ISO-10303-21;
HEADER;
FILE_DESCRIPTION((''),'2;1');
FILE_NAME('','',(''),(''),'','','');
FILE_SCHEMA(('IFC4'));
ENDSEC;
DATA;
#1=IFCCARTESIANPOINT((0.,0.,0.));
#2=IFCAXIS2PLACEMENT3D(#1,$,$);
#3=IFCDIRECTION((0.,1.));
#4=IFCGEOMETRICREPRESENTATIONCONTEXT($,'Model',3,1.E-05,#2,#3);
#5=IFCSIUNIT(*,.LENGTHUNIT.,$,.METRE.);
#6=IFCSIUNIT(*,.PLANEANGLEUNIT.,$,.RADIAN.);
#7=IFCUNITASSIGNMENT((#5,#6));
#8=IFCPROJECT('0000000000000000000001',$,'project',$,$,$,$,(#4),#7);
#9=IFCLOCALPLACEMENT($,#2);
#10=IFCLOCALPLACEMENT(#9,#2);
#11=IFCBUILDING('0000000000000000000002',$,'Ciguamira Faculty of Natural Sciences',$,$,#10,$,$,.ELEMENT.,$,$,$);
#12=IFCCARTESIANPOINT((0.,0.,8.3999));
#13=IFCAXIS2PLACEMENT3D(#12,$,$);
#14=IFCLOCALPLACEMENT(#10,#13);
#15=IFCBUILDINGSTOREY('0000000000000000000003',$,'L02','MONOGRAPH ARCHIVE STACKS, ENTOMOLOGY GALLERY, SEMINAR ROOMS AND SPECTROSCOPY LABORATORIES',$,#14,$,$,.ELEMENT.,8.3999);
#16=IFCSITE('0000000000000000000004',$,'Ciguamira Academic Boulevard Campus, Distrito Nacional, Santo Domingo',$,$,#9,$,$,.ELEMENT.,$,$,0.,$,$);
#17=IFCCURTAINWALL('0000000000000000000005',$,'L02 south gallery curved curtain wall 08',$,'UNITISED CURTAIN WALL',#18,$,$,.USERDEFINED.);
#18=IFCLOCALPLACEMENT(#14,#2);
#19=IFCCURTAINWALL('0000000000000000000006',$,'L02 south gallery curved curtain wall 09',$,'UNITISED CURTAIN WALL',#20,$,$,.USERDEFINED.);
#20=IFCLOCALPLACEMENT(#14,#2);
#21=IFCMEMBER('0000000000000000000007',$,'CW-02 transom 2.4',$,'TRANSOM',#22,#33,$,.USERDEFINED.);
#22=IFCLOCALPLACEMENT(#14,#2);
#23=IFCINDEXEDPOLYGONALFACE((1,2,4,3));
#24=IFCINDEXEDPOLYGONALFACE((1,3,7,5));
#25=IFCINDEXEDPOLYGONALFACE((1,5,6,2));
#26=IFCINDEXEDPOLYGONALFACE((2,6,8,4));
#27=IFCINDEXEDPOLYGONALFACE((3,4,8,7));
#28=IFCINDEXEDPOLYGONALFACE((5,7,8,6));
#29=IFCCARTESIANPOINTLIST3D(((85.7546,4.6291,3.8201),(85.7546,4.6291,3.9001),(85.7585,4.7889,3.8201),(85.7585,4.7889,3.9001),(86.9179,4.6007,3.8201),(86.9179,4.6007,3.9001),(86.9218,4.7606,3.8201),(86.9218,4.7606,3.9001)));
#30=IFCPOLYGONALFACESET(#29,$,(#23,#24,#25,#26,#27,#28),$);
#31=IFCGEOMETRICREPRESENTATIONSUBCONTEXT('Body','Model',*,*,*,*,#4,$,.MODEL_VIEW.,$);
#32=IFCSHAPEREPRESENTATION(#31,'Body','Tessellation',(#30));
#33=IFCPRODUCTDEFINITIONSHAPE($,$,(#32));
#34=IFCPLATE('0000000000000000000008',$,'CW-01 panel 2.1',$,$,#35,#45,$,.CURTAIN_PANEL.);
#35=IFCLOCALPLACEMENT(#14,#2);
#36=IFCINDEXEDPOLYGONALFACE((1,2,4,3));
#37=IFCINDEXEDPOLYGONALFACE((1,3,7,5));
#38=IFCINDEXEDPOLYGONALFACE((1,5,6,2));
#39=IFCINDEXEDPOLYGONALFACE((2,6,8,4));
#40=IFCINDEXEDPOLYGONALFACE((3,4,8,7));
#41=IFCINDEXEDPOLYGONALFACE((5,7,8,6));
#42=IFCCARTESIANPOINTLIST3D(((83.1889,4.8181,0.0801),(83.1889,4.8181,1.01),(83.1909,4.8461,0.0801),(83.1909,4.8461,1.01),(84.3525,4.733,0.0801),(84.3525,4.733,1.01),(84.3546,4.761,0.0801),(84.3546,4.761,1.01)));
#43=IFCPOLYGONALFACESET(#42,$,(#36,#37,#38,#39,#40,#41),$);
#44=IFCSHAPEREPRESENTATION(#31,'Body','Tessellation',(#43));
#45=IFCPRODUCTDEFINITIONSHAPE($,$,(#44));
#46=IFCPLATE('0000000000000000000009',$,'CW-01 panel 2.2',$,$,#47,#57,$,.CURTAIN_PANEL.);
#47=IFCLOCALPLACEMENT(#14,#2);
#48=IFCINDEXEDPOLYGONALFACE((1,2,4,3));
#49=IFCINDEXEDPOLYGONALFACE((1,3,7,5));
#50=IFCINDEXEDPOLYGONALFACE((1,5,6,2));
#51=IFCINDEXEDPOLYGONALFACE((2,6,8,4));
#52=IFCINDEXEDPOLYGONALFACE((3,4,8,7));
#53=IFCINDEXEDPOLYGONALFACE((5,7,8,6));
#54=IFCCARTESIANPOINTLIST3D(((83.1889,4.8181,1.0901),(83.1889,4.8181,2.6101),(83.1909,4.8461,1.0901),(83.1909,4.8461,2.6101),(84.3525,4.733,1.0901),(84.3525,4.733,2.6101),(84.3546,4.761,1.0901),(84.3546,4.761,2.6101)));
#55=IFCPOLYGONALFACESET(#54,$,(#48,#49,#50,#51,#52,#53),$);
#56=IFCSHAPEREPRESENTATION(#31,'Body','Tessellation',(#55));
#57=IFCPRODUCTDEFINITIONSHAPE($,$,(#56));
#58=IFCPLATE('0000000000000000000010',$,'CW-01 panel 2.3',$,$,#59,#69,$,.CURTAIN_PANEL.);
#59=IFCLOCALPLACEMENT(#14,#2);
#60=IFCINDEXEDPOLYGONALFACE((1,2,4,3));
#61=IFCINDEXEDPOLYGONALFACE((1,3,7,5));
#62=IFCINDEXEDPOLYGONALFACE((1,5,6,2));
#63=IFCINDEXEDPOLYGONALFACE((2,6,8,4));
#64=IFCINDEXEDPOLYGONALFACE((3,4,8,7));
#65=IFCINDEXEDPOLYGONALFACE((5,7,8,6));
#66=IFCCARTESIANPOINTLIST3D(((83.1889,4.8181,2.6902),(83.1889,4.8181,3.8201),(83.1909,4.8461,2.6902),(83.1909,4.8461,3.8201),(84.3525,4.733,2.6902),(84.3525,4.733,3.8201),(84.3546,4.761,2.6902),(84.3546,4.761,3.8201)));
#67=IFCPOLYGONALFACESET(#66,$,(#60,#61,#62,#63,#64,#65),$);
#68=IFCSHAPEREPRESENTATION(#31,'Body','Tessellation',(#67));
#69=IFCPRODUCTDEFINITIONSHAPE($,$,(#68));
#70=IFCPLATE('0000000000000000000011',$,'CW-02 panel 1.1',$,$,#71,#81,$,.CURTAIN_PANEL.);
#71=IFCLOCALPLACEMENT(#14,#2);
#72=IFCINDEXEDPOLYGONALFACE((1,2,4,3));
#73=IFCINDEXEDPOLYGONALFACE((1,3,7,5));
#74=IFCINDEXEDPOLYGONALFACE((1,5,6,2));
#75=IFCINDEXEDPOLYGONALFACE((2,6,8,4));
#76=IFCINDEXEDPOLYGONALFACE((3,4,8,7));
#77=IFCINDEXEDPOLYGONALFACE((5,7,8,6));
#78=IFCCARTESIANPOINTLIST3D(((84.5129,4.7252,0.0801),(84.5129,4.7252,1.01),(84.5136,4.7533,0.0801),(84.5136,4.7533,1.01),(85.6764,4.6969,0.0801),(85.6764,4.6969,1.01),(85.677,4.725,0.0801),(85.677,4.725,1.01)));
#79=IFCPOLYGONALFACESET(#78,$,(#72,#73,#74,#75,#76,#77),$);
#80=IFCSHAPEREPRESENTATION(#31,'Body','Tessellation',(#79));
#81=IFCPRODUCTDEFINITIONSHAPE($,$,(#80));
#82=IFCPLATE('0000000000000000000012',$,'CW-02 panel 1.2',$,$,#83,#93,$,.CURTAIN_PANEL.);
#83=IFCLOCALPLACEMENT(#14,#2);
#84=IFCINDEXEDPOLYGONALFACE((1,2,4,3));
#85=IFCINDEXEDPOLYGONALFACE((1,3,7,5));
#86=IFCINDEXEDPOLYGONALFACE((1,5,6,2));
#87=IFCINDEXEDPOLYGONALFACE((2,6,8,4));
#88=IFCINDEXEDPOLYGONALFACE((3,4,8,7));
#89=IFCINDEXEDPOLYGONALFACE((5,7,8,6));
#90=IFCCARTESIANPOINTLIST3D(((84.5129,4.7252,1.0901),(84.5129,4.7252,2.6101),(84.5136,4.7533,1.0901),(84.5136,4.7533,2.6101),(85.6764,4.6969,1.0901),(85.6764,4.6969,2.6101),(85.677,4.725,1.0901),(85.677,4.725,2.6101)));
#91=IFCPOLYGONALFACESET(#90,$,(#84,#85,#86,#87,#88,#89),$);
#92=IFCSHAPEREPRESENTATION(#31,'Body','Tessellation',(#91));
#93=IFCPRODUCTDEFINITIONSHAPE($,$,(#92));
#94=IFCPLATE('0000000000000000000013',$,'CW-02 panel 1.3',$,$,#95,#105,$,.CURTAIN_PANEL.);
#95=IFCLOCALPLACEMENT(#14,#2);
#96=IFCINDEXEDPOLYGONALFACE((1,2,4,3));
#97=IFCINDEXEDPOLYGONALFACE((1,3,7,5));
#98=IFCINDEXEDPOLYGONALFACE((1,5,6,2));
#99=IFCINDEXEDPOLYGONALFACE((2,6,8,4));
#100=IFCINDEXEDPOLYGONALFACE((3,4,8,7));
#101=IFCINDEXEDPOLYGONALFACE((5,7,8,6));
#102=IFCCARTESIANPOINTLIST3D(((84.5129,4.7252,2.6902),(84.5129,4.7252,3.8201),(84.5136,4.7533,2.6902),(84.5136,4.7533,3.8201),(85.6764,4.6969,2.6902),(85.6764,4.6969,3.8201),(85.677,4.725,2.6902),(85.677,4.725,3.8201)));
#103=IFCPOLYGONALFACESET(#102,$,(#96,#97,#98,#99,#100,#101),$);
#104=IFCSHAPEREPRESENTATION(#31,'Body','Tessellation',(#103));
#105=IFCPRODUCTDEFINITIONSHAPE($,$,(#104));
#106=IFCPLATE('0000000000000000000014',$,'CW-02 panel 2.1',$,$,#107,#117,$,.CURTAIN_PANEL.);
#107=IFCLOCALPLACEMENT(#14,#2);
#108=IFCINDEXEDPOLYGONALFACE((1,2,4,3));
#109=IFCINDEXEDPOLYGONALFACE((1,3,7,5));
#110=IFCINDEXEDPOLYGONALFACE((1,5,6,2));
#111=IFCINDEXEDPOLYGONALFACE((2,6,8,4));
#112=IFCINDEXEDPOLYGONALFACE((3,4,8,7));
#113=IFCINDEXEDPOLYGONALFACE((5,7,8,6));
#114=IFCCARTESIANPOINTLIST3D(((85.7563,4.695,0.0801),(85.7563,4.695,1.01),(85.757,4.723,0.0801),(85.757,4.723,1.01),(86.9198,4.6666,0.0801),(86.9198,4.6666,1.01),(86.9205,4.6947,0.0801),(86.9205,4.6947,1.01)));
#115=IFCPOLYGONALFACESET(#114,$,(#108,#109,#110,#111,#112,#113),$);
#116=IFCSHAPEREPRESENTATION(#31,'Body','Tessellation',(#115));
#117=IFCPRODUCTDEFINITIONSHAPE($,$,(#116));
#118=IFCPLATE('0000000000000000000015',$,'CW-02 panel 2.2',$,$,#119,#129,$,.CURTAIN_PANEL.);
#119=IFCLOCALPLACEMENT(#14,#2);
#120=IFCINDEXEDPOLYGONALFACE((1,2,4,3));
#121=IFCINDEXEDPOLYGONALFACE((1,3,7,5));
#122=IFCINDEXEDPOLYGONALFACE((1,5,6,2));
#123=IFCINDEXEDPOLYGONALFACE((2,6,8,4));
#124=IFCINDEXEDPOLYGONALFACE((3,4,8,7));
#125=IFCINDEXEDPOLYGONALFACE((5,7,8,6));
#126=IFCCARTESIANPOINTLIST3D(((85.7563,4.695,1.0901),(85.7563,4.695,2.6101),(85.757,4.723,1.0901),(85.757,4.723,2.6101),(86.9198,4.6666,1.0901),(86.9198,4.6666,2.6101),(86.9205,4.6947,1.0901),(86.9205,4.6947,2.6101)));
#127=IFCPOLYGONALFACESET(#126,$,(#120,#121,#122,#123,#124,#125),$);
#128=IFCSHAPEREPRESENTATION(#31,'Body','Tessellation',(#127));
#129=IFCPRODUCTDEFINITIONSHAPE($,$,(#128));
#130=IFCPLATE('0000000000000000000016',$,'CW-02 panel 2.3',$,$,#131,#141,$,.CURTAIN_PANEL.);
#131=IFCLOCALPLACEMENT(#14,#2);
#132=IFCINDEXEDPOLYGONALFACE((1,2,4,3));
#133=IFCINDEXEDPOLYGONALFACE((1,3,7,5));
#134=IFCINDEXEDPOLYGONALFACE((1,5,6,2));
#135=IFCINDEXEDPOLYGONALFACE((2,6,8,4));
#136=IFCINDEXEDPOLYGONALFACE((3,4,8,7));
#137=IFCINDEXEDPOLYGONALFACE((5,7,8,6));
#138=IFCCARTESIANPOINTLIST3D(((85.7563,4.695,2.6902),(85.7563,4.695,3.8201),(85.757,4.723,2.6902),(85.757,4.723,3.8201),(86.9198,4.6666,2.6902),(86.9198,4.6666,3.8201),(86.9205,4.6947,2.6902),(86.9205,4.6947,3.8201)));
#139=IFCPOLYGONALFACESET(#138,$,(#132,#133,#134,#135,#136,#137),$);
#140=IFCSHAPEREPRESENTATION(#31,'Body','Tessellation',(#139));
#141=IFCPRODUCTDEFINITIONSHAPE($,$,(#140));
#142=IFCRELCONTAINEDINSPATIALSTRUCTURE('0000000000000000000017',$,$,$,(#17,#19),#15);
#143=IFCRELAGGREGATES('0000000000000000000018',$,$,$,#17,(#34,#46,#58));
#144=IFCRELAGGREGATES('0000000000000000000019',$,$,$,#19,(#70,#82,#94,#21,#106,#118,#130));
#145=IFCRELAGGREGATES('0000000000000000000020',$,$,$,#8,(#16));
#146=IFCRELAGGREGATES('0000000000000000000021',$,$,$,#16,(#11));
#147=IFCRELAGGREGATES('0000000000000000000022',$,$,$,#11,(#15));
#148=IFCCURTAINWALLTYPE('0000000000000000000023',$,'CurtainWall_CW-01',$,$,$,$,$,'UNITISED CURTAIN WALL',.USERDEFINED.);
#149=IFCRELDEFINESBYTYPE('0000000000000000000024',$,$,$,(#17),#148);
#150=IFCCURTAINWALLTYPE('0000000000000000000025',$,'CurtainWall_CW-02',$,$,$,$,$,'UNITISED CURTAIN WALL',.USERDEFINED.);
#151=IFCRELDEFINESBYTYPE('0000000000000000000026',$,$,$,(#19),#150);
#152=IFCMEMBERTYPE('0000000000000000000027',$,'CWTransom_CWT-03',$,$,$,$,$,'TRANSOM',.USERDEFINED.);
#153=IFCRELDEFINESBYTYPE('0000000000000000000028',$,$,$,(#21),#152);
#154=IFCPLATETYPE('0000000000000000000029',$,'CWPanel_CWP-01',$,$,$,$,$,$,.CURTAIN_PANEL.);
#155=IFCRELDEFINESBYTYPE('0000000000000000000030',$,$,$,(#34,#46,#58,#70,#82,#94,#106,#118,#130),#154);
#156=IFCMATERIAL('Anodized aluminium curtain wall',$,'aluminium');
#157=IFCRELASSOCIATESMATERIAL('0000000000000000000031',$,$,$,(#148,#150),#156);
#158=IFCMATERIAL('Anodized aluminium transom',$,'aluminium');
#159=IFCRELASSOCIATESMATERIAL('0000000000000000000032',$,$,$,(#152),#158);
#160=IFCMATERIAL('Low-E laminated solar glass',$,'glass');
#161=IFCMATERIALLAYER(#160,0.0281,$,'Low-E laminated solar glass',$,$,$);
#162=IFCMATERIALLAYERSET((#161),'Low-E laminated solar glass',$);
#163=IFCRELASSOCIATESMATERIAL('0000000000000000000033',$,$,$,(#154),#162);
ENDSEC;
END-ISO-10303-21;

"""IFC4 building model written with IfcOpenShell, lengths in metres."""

from ifc_helpers import new_model, si_unit, direction, frame, origin, origin_2d, place, context, subcontext, project, spatial, rectangle, extrude, material, layer, layer_set, material_profile, profile_set, type_object, element, aggregate, save


model = new_model("IFC4")

# Units and contexts
model_context = context("Model", 3, precision=1e-05, world=origin(), true_north=direction((0.0, 1.0)))
body_context = subcontext(model_context, "Body", "Model", "MODEL_VIEW")
ifc_project = project(units=[si_unit("LENGTHUNIT", "METRE"), si_unit("PLANEANGLEUNIT", "RADIAN")], contexts=[model_context])

# Site, building, storey
site_placement = place(None, origin())
site = spatial("IfcSite", under=ifc_project, at=site_placement, Name="Ciguamira Academic Boulevard Campus, Distrito Nacional, Santo Domingo", CompositionType="ELEMENT", RefElevation=0.0)
building_placement = place(site_placement, origin())
building = spatial("IfcBuilding", under=site, at=building_placement, Name="Ciguamira Faculty of Natural Sciences", CompositionType="ELEMENT")
storey_placement = place(building_placement, frame((0.0, 0.0, 8.3999)))
storey = spatial("IfcBuildingStorey", under=building, at=storey_placement, Name="L02", Description="MONOGRAPH ARCHIVE STACKS, ENTOMOLOGY GALLERY, SEMINAR ROOMS AND SPECTROSCOPY LABORATORIES", CompositionType="ELEMENT", Elevation=8.3999)

# Curtain wall
ifc_material_1 = material(Name="Anodized aluminium curtain wall", Category="aluminium")
curtain_wall_type_1 = type_object("IfcCurtainWallType", Name="CurtainWall_CW-01", ElementType="UNITISED CURTAIN WALL", PredefinedType="USERDEFINED", material=ifc_material_1)
curtain_wall_1_placement = place(storey_placement, origin())
curtain_wall_1 = element("IfcCurtainWall", 1, at=curtain_wall_1_placement, inside=storey, type_object=curtain_wall_type_1, Name="L02 south gallery curved curtain wall 08", ObjectType="UNITISED CURTAIN WALL", PredefinedType="USERDEFINED")

# Curtain wall, member
curtain_wall_type_2 = type_object("IfcCurtainWallType", Name="CurtainWall_CW-02", ElementType="UNITISED CURTAIN WALL", PredefinedType="USERDEFINED", material=ifc_material_1)
curtain_wall_2_placement = place(storey_placement, origin())
curtain_wall_2 = element("IfcCurtainWall", 2, at=curtain_wall_2_placement, inside=storey, type_object=curtain_wall_type_2, Name="L02 south gallery curved curtain wall 09", ObjectType="UNITISED CURTAIN WALL", PredefinedType="USERDEFINED")
ifc_material_2 = material(Name="Anodized aluminium transom", Category="aluminium")
ifc_material_profile_1 = material_profile(ifc_material_2, rectangle(XDim=0.0801, YDim=0.1599, at=origin_2d()), Name="ALU-TRN-80X160")
ifc_profile_set_1 = profile_set([ifc_material_profile_1], Name="Anodized aluminium transom")
member_type_1 = type_object("IfcMemberType", Name="CWTransom_CWT-03", ElementType="TRANSOM", PredefinedType="USERDEFINED", material=ifc_profile_set_1)
member_1_placement = place(storey_placement, frame((85.7566, 4.709, 3.8601), z_axis=(0.999704, -0.024337, 0.0), x_axis=(0.0, 0.0, 1.0)))
member_1 = element("IfcMember", 3, at=member_1_placement, type_object=member_type_1, Name="CW-02 transom 2.4", ObjectType="TRANSOM", PredefinedType="USERDEFINED", context=body_context, shape_type="SweptSolid", body=[
    extrude(rectangle(XDim=0.0801, YDim=0.1599, at=origin_2d()), origin(), (0.0, 0.0, 1.0), 1.1636),
])

# Plates
ifc_material_3 = material(Name="Low-E laminated solar glass", Category="glass")
ifc_layer = layer(ifc_material_3, 0.0281, Name="Low-E laminated solar glass")
ifc_layer_set = layer_set([ifc_layer], Name="Low-E laminated solar glass")
plate_type = type_object("IfcPlateType", Name="CWPanel_CWP-01", PredefinedType="CURTAIN_PANEL", material=ifc_layer_set)
plate_1_placement = place(storey_placement, frame((83.7717, 4.7896, 0.0801), z_axis=(0.0, 0.0, 1.0), x_axis=(0.997337, -0.072937, 0.0)))
plate_1 = element("IfcPlate", 4, at=plate_1_placement, type_object=plate_type, Name="CW-01 panel 2.1", PredefinedType="CURTAIN_PANEL", context=body_context, shape_type="SweptSolid", body=[
    extrude(rectangle(XDim=1.1667, YDim=0.0281, at=origin_2d()), origin(), (0.0, 0.0, 1.0), 0.9299),
])
plate_2_placement = place(storey_placement, frame((83.7717, 4.7896, 1.0901), z_axis=(0.0, 0.0, 1.0), x_axis=(0.997337, -0.072937, 0.0)))
plate_2 = element("IfcPlate", 5, at=plate_2_placement, type_object=plate_type, Name="CW-01 panel 2.2", PredefinedType="CURTAIN_PANEL", context=body_context, shape_type="SweptSolid", body=[
    extrude(rectangle(XDim=1.1667, YDim=0.0281, at=origin_2d()), origin(), (0.0, 0.0, 1.0), 1.52),
])
plate_3_placement = place(storey_placement, frame((83.7717, 4.7896, 2.6902), z_axis=(0.0, 0.0, 1.0), x_axis=(0.997337, -0.072937, 0.0)))
plate_3 = element("IfcPlate", 6, at=plate_3_placement, type_object=plate_type, Name="CW-01 panel 2.3", PredefinedType="CURTAIN_PANEL", context=body_context, shape_type="SweptSolid", body=[
    extrude(rectangle(XDim=1.1667, YDim=0.0281, at=origin_2d()), origin(), (0.0, 0.0, 1.0), 1.1299),
])
aggregate(curtain_wall_1, [plate_1, plate_2, plate_3])
plate_4_placement = place(storey_placement, frame((85.095, 4.7251, 0.0801), z_axis=(0.0, 0.0, 1.0), x_axis=(0.999704, -0.024343, 0.0)))
plate_4 = element("IfcPlate", 7, at=plate_4_placement, type_object=plate_type, Name="CW-02 panel 1.1", PredefinedType="CURTAIN_PANEL", context=body_context, shape_type="SweptSolid", body=[
    extrude(rectangle(XDim=1.1638, YDim=0.0281, at=origin_2d()), origin(), (0.0, 0.0, 1.0), 0.9299),
])
plate_5_placement = place(storey_placement, frame((85.095, 4.7251, 1.0901), z_axis=(0.0, 0.0, 1.0), x_axis=(0.999704, -0.024343, 0.0)))
plate_5 = element("IfcPlate", 8, at=plate_5_placement, type_object=plate_type, Name="CW-02 panel 1.2", PredefinedType="CURTAIN_PANEL", context=body_context, shape_type="SweptSolid", body=[
    extrude(rectangle(XDim=1.1638, YDim=0.0281, at=origin_2d()), origin(), (0.0, 0.0, 1.0), 1.52),
])
plate_6_placement = place(storey_placement, frame((85.095, 4.7251, 2.6902), z_axis=(0.0, 0.0, 1.0), x_axis=(0.999704, -0.024343, 0.0)))
plate_6 = element("IfcPlate", 9, at=plate_6_placement, type_object=plate_type, Name="CW-02 panel 1.3", PredefinedType="CURTAIN_PANEL", context=body_context, shape_type="SweptSolid", body=[
    extrude(rectangle(XDim=1.1638, YDim=0.0281, at=origin_2d()), origin(), (0.0, 0.0, 1.0), 1.1299),
])
plate_7_placement = place(storey_placement, frame((86.3384, 4.6948, 0.0801), z_axis=(0.0, 0.0, 1.0), x_axis=(0.999704, -0.024343, 0.0)))
plate_7 = element("IfcPlate", 10, at=plate_7_placement, type_object=plate_type, Name="CW-02 panel 2.1", PredefinedType="CURTAIN_PANEL", context=body_context, shape_type="SweptSolid", body=[
    extrude(rectangle(XDim=1.1638, YDim=0.0281, at=origin_2d()), origin(), (0.0, 0.0, 1.0), 0.9299),
])
plate_8_placement = place(storey_placement, frame((86.3384, 4.6948, 1.0901), z_axis=(0.0, 0.0, 1.0), x_axis=(0.999704, -0.024343, 0.0)))
plate_8 = element("IfcPlate", 11, at=plate_8_placement, type_object=plate_type, Name="CW-02 panel 2.2", PredefinedType="CURTAIN_PANEL", context=body_context, shape_type="SweptSolid", body=[
    extrude(rectangle(XDim=1.1638, YDim=0.0281, at=origin_2d()), origin(), (0.0, 0.0, 1.0), 1.52),
])
plate_9_placement = place(storey_placement, frame((86.3384, 4.6948, 2.6902), z_axis=(0.0, 0.0, 1.0), x_axis=(0.999704, -0.024343, 0.0)))
plate_9 = element("IfcPlate", 12, at=plate_9_placement, type_object=plate_type, Name="CW-02 panel 2.3", PredefinedType="CURTAIN_PANEL", context=body_context, shape_type="SweptSolid", body=[
    extrude(rectangle(XDim=1.1638, YDim=0.0281, at=origin_2d()), origin(), (0.0, 0.0, 1.0), 1.1299),
])
aggregate(curtain_wall_2, [plate_4, plate_5, plate_6, member_1, plate_7, plate_8, plate_9])

save(model, "model.ifc")
